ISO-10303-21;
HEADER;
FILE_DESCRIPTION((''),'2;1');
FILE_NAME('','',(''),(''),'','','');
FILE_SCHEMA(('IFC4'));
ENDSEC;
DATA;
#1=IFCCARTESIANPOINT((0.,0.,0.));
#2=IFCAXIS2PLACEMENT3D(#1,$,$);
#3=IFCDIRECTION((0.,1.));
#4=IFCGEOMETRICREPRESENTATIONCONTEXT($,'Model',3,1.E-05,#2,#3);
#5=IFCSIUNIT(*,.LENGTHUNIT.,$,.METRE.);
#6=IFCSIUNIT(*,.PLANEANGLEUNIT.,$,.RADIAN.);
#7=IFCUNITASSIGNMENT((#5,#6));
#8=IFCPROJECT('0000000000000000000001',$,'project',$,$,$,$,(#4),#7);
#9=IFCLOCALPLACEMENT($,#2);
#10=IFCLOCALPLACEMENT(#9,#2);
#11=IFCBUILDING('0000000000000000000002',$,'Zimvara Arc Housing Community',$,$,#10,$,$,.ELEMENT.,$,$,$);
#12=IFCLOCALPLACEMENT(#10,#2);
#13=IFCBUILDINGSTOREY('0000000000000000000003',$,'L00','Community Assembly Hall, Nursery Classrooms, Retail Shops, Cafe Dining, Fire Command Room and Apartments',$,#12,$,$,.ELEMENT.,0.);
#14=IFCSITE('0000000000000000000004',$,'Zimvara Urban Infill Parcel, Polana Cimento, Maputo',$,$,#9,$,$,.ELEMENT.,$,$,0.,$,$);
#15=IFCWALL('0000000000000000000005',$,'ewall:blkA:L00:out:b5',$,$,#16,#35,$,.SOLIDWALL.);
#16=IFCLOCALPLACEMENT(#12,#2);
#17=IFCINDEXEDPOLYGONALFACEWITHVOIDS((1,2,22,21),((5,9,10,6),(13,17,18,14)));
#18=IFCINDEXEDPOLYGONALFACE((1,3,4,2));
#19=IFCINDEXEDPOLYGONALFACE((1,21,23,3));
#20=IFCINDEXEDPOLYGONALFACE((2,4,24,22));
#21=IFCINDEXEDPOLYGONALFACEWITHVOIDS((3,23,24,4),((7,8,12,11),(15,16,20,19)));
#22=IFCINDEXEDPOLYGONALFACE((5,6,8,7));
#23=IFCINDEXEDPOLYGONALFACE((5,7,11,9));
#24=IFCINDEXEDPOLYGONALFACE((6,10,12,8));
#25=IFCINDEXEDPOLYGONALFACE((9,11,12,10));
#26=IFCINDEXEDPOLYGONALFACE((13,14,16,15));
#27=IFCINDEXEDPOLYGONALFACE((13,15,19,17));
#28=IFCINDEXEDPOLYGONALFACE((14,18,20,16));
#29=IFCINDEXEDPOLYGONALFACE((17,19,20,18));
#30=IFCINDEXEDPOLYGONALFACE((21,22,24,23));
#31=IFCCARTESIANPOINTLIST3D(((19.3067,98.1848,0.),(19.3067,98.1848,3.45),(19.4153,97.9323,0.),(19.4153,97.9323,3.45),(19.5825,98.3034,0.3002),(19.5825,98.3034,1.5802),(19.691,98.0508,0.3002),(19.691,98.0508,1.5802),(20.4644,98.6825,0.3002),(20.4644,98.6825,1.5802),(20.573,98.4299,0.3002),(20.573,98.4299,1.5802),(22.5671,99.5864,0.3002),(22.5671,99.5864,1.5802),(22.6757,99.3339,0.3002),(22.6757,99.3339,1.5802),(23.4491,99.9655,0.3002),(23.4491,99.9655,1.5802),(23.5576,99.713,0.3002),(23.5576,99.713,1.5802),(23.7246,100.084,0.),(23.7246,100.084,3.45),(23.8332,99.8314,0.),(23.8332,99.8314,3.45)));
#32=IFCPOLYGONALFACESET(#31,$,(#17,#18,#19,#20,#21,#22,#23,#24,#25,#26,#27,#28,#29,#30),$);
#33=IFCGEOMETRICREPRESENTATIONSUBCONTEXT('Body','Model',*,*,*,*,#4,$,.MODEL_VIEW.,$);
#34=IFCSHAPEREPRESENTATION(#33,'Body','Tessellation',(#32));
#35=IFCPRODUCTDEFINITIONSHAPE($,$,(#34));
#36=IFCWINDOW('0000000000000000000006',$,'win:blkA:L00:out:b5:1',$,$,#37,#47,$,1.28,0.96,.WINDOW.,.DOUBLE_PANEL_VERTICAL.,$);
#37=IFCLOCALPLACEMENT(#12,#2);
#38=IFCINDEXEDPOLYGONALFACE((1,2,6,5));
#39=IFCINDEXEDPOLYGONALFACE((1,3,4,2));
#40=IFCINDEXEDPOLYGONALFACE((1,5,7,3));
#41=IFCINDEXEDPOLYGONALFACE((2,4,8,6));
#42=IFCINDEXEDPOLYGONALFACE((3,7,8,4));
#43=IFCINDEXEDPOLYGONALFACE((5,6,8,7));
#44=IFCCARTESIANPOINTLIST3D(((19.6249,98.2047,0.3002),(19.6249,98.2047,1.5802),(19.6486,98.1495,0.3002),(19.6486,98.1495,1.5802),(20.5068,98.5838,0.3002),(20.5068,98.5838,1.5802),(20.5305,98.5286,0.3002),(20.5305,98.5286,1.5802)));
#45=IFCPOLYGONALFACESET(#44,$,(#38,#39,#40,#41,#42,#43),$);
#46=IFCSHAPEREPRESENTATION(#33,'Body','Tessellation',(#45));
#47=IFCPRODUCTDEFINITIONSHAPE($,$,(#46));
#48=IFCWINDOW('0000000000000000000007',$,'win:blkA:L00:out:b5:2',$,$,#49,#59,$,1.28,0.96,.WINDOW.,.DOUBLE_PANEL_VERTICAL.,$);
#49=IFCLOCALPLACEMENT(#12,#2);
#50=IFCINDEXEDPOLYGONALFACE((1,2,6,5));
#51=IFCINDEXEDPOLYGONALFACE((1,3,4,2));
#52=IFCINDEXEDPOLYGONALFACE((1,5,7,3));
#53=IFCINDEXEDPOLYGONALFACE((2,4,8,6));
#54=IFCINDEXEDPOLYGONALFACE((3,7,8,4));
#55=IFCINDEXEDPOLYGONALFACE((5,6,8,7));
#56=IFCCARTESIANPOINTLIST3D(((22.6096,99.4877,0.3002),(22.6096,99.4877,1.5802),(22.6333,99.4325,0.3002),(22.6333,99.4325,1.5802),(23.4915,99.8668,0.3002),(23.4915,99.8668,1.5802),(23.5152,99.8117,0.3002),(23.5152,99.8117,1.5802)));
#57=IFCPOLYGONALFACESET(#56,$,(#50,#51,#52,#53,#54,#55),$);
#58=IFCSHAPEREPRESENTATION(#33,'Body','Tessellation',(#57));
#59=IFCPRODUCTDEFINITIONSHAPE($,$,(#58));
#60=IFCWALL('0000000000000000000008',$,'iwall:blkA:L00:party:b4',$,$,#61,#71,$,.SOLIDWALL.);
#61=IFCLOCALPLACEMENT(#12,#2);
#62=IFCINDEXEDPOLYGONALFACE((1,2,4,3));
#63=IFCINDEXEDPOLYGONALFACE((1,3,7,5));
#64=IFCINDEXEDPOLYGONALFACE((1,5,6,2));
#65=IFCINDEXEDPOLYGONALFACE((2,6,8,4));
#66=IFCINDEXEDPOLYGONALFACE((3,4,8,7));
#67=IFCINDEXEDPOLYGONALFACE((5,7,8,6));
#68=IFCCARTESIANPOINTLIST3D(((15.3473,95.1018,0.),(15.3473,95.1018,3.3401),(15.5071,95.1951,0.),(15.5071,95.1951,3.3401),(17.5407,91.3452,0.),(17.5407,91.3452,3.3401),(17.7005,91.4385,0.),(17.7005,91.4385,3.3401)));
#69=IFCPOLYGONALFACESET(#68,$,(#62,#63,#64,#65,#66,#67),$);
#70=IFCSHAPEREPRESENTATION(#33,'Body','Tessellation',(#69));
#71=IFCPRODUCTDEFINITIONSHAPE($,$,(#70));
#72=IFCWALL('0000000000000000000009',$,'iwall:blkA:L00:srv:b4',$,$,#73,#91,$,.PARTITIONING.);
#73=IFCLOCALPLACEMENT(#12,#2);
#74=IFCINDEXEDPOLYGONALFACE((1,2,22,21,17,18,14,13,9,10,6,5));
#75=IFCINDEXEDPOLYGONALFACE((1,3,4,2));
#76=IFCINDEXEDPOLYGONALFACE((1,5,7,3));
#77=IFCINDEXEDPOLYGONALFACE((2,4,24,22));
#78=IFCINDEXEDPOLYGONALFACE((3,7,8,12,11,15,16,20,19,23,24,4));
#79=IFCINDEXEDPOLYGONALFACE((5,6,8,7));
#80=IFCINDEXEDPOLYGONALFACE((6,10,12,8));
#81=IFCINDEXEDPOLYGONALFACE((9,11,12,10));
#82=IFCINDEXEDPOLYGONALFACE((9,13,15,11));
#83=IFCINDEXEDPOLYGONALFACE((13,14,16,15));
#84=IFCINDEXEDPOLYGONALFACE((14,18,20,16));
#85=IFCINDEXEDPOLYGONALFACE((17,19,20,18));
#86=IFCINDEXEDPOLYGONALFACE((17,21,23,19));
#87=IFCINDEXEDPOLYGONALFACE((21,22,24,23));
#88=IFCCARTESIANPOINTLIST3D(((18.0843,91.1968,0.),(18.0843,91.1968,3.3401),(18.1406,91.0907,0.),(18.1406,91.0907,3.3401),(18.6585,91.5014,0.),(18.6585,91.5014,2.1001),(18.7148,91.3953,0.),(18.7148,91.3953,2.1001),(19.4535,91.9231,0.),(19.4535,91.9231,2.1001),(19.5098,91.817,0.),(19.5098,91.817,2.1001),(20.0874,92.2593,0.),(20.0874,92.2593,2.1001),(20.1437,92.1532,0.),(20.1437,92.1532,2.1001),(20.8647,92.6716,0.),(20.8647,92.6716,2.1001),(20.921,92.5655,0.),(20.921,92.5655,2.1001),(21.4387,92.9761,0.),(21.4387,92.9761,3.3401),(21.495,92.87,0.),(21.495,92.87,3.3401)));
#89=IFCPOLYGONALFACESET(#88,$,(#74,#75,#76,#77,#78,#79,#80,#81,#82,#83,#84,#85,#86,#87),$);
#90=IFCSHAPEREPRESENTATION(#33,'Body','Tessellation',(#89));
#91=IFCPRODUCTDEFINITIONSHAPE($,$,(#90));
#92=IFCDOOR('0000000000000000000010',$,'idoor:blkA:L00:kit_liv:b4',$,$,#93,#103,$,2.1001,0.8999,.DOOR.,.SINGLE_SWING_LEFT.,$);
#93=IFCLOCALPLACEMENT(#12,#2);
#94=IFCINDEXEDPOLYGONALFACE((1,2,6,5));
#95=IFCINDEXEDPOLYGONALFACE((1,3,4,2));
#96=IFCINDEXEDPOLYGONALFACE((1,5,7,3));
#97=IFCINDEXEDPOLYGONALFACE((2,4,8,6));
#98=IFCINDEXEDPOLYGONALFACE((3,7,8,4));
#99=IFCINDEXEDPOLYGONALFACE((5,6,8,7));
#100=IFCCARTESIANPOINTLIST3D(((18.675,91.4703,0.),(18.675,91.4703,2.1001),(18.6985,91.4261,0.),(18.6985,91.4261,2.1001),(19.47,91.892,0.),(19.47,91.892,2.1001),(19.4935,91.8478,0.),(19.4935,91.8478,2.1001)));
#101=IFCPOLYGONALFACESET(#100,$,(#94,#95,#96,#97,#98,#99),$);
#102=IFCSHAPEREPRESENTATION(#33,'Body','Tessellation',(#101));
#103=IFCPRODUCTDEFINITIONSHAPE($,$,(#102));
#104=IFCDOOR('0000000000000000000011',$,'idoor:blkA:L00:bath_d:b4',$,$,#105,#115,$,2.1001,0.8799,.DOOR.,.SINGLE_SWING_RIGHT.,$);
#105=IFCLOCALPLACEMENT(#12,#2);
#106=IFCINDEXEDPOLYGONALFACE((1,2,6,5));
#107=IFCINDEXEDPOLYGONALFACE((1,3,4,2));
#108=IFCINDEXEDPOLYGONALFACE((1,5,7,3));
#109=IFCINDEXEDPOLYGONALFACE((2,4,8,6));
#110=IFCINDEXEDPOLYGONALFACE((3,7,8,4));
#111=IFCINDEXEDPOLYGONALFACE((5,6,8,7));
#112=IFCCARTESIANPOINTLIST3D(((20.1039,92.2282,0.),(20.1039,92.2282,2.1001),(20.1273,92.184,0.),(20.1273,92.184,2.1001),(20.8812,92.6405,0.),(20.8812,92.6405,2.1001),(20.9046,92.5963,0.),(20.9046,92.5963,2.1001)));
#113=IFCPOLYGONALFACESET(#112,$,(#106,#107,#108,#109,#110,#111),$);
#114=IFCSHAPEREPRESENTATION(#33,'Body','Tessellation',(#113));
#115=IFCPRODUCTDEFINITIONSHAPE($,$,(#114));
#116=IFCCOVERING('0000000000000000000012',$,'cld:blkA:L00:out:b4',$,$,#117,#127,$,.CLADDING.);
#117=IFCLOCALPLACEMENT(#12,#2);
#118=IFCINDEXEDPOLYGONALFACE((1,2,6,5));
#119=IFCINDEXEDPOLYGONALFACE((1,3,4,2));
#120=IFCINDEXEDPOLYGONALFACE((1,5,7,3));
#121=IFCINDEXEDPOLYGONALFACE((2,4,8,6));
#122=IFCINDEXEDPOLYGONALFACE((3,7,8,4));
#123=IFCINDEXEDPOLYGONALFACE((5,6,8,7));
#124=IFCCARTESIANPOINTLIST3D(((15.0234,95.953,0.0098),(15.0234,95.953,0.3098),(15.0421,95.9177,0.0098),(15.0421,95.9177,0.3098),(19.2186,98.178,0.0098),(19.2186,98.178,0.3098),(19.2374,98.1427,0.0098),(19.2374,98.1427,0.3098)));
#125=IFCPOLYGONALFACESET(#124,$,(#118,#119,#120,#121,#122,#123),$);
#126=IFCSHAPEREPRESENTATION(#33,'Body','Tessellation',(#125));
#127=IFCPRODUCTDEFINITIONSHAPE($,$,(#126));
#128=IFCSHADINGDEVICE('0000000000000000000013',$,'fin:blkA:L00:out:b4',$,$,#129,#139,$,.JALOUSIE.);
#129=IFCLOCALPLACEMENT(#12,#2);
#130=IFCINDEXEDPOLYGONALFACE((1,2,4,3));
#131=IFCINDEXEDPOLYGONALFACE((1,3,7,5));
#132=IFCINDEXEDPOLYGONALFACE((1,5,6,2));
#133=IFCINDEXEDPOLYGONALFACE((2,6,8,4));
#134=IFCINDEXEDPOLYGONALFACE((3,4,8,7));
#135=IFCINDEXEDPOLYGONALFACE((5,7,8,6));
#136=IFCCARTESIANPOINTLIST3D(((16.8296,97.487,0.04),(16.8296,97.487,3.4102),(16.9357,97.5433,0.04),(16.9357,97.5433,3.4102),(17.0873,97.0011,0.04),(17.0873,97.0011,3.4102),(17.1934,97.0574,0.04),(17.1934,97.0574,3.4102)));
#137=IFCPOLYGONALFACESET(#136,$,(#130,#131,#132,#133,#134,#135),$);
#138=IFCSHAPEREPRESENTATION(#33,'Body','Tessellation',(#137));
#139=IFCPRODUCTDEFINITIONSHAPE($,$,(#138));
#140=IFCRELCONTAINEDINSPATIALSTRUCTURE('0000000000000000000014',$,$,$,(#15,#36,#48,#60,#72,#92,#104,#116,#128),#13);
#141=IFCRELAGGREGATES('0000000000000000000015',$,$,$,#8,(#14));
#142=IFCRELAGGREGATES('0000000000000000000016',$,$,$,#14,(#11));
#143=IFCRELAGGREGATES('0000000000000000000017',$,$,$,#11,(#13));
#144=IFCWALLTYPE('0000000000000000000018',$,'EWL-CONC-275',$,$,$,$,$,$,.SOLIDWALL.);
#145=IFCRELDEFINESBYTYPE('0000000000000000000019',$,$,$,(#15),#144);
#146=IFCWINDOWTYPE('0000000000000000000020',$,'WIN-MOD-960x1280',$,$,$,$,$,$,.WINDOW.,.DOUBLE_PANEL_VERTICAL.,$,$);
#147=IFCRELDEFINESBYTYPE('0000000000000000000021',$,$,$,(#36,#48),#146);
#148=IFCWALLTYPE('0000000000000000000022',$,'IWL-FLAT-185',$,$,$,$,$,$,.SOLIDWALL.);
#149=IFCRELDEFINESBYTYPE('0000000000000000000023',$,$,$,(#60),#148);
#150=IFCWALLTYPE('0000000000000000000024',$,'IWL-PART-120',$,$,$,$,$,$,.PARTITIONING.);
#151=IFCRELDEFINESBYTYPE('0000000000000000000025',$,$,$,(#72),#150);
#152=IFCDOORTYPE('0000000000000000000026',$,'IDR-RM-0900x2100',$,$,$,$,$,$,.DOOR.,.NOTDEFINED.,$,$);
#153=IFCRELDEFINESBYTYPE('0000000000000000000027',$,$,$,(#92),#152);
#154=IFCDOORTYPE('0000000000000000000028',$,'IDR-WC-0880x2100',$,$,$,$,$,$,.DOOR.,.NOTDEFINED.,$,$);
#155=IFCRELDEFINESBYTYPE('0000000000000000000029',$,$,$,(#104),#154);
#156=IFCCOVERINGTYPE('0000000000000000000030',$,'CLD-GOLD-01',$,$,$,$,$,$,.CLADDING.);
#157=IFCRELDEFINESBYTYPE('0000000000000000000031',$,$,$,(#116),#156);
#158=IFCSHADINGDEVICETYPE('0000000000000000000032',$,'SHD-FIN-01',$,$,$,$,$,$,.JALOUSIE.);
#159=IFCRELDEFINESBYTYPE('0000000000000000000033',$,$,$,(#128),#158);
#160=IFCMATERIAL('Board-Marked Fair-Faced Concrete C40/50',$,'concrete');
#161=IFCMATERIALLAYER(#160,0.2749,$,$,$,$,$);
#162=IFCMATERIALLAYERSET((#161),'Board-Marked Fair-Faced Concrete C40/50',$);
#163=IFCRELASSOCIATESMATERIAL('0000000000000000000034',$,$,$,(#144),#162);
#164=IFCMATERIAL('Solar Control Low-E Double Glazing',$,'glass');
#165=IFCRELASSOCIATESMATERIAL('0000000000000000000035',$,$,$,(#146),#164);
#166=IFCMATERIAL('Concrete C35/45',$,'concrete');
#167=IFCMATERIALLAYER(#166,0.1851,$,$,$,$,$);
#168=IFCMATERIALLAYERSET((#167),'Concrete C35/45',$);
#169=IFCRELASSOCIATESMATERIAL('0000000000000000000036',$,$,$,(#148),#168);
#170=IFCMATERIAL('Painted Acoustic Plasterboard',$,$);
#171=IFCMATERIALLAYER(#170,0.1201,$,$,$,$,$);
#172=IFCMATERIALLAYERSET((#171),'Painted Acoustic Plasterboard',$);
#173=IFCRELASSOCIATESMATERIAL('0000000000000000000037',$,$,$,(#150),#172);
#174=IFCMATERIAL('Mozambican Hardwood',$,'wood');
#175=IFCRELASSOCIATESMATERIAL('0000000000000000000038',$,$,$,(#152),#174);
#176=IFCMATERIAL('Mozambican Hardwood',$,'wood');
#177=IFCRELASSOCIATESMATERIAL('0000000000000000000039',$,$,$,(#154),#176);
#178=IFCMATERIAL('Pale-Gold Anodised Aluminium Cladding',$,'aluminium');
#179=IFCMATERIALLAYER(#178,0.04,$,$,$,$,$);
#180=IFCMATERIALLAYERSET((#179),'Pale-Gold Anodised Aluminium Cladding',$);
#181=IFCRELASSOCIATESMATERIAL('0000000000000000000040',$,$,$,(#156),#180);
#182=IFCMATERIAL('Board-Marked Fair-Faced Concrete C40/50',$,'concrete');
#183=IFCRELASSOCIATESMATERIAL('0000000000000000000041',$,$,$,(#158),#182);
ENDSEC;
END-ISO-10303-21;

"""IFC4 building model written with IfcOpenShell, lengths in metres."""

from ifc_helpers import new_model, si_unit, direction, frame, frame_2d, origin, origin_2d, place, context, subcontext, project, spatial, rectangle, extrude, material, layer, layer_set, type_object, element, fill, save


model = new_model("IFC4")

# Units and contexts
model_context = context("Model", 3, precision=1e-05, world=origin(), true_north=direction((0.0, 1.0)))
body_context = subcontext(model_context, "Body", "Model", "MODEL_VIEW")
ifc_project = project(units=[si_unit("LENGTHUNIT", "METRE"), si_unit("PLANEANGLEUNIT", "RADIAN")], contexts=[model_context])

# Site, building, storey
site_placement = place(None, origin())
site = spatial("IfcSite", under=ifc_project, at=site_placement, Name="Zimvara Urban Infill Parcel, Polana Cimento, Maputo", CompositionType="ELEMENT", RefElevation=0.0)
building_placement = place(site_placement, origin())
building = spatial("IfcBuilding", under=site, at=building_placement, Name="Zimvara Arc Housing Community", CompositionType="ELEMENT")
storey_placement = place(building_placement, origin())
storey = spatial("IfcBuildingStorey", under=building, at=storey_placement, Name="L00", Description="Community Assembly Hall, Nursery Classrooms, Retail Shops, Cafe Dining, Fire Command Room and Apartments", CompositionType="ELEMENT", Elevation=0.0)

# Wall, openings, windows
ifc_material_1 = material(Name="Board-Marked Fair-Faced Concrete C40/50", Category="concrete")
ifc_layer_1 = layer(ifc_material_1, 0.2749)
ifc_layer_set_1 = layer_set([ifc_layer_1], Name="Board-Marked Fair-Faced Concrete C40/50")
wall_type_1 = type_object("IfcWallType", Name="EWL-CONC-275", PredefinedType="SOLIDWALL", material=ifc_layer_set_1)
wall_1_placement = place(storey_placement, frame((19.3611, 98.0586, 0.0), z_axis=(0.0, 0.0, 1.0), x_axis=(0.918711, 0.39493, 0.0)))
wall_1 = element("IfcWall", 1, at=wall_1_placement, inside=storey, type_object=wall_type_1, Name="ewall:blkA:L00:out:b5", PredefinedType="SOLIDWALL", context=body_context, shape_type="SweptSolid", body=[
    extrude(rectangle(XDim=4.8088, YDim=0.2749, at=frame_2d((2.4043, 0.0))), origin(), (0.0, 0.0, 1.0), 3.45),
])
opening_1_placement = place(wall_1_placement, frame((0.3, 0.0, 0.3)))
opening_1 = element("IfcOpeningElement", 2, at=opening_1_placement, cuts=wall_1, PredefinedType="OPENING", context=body_context, shape_type="SweptSolid", body=[
    extrude(rectangle(XDim=0.96, YDim=1.28, at=frame_2d((0.48, 0.6401))), frame((0.0, 0.1475, 0.0), z_axis=(0.0, -1.0, 0.0), x_axis=(1.0, 0.0, 0.0)), (0.0, 0.0, 1.0), 0.2949),
])
opening_2_placement = place(wall_1_placement, frame((3.5488, 0.0, 0.3)))
opening_2 = element("IfcOpeningElement", 3, at=opening_2_placement, cuts=wall_1, PredefinedType="OPENING", context=body_context, shape_type="SweptSolid", body=[
    extrude(rectangle(XDim=0.96, YDim=1.28, at=frame_2d((0.48, 0.6401))), frame((0.0, 0.1475, 0.0), z_axis=(0.0, -1.0, 0.0), x_axis=(1.0, 0.0, 0.0)), (0.0, 0.0, 1.0), 0.2949),
])
ifc_material_2 = material(Name="Solar Control Low-E Double Glazing", Category="glass")
window_type_1 = type_object("IfcWindowType", Name="WIN-MOD-960x1280", PartitioningType="DOUBLE_PANEL_VERTICAL", PredefinedType="WINDOW", material=ifc_material_2)
window_1_placement = place(opening_1_placement, origin())
window_1 = element("IfcWindow", 4, at=window_1_placement, inside=storey, type_object=window_type_1, Name="win:blkA:L00:out:b5:1", OverallHeight=1.28, OverallWidth=0.96, PartitioningType="DOUBLE_PANEL_VERTICAL", PredefinedType="WINDOW", context=body_context, shape_type="SweptSolid", body=[
    extrude(rectangle(XDim=0.96, YDim=1.28, at=frame_2d((0.48, 0.6401))), frame((0.0, 0.03, 0.0), z_axis=(0.0, -1.0, 0.0), x_axis=(1.0, 0.0, 0.0)), (0.0, 0.0, 1.0), 0.0601),
])
fill(opening_1, window_1)
window_2_placement = place(opening_2_placement, origin())
window_2 = element("IfcWindow", 5, at=window_2_placement, inside=storey, type_object=window_type_1, Name="win:blkA:L00:out:b5:2", OverallHeight=1.28, OverallWidth=0.96, PartitioningType="DOUBLE_PANEL_VERTICAL", PredefinedType="WINDOW", context=body_context, shape_type="SweptSolid", body=[
    extrude(rectangle(XDim=0.96, YDim=1.28, at=frame_2d((0.48, 0.6401))), frame((0.0, 0.03, 0.0), z_axis=(0.0, -1.0, 0.0), x_axis=(1.0, 0.0, 0.0)), (0.0, 0.0, 1.0), 0.0601),
])
fill(opening_2, window_2)

# Wall
ifc_material_3 = material(Name="Concrete C35/45", Category="concrete")
ifc_layer_2 = layer(ifc_material_3, 0.1851)
ifc_layer_set_2 = layer_set([ifc_layer_2], Name="Concrete C35/45")
wall_type_2 = type_object("IfcWallType", Name="IWL-FLAT-185", PredefinedType="SOLIDWALL", material=ifc_layer_set_2)
wall_2_placement = place(storey_placement, frame((17.6206, 91.3918, 0.0), z_axis=(0.0, 0.0, 1.0), x_axis=(-0.504216, 0.863577, 0.0)))
element("IfcWall", 6, at=wall_2_placement, inside=storey, type_object=wall_type_2, Name="iwall:blkA:L00:party:b4", PredefinedType="SOLIDWALL", context=body_context, shape_type="SweptSolid", body=[
    extrude(rectangle(XDim=4.3501, YDim=0.1851, at=frame_2d((2.175, 0.0))), origin(), (0.0, 0.0, 1.0), 3.3401),
])

# Wall, openings, doors
ifc_material_4 = material(Name="Painted Acoustic Plasterboard")
ifc_layer_3 = layer(ifc_material_4, 0.1201)
ifc_layer_set_3 = layer_set([ifc_layer_3], Name="Painted Acoustic Plasterboard")
wall_type_3 = type_object("IfcWallType", Name="IWL-PART-120", PredefinedType="PARTITIONING", material=ifc_layer_set_3)
wall_3_placement = place(storey_placement, frame((18.1125, 91.1438, 0.0), z_axis=(0.0, 0.0, 1.0), x_axis=(0.883419, 0.468585, 0.0)))
wall_3 = element("IfcWall", 7, at=wall_3_placement, inside=storey, type_object=wall_type_3, Name="iwall:blkA:L00:srv:b4", PredefinedType="PARTITIONING", context=body_context, shape_type="SweptSolid", body=[
    extrude(rectangle(XDim=3.7971, YDim=0.1201, at=frame_2d((1.8984, 0.0))), origin(), (0.0, 0.0, 1.0), 3.3401),
])
opening_3_placement = place(wall_3_placement, frame((0.6499, 0.0, 0.0)))
opening_3 = element("IfcOpeningElement", 8, at=opening_3_placement, cuts=wall_3, PredefinedType="OPENING", context=body_context, shape_type="SweptSolid", body=[
    extrude(rectangle(XDim=0.8999, YDim=2.1001, at=frame_2d((0.45, 1.05))), frame((0.0, 0.0701, 0.0), z_axis=(0.0, -1.0, 0.0), x_axis=(1.0, 0.0, 0.0)), (0.0, 0.0, 1.0), 0.1401),
])
opening_4_placement = place(wall_3_placement, frame((2.2673, 0.0, 0.0)))
opening_4 = element("IfcOpeningElement", 9, at=opening_4_placement, cuts=wall_3, PredefinedType="OPENING", context=body_context, shape_type="SweptSolid", body=[
    extrude(rectangle(XDim=0.8799, YDim=2.1001, at=frame_2d((0.4399, 1.05))), frame((0.0, 0.0701, 0.0), z_axis=(0.0, -1.0, 0.0), x_axis=(1.0, 0.0, 0.0)), (0.0, 0.0, 1.0), 0.1401),
])
ifc_material_5 = material(Name="Mozambican Hardwood", Category="wood")
door_type_1 = type_object("IfcDoorType", Name="IDR-RM-0900x2100", OperationType="NOTDEFINED", PredefinedType="DOOR", material=ifc_material_5)
door_1_placement = place(opening_3_placement, origin())
door_1 = element("IfcDoor", 10, at=door_1_placement, inside=storey, type_object=door_type_1, Name="idoor:blkA:L00:kit_liv:b4", OperationType="SINGLE_SWING_LEFT", OverallHeight=2.1001, OverallWidth=0.8999, PredefinedType="DOOR", context=body_context, shape_type="SweptSolid", body=[
    extrude(rectangle(XDim=0.8999, YDim=2.1001, at=frame_2d((0.45, 1.05))), frame((0.0, 0.0249, 0.0), z_axis=(0.0, -1.0, 0.0), x_axis=(1.0, 0.0, 0.0)), (0.0, 0.0, 1.0), 0.05),
])
fill(opening_3, door_1)
ifc_material_6 = material(Name="Mozambican Hardwood", Category="wood")
door_type_2 = type_object("IfcDoorType", Name="IDR-WC-0880x2100", OperationType="NOTDEFINED", PredefinedType="DOOR", material=ifc_material_6)
door_2_placement = place(opening_4_placement, origin())
door_2 = element("IfcDoor", 11, at=door_2_placement, inside=storey, type_object=door_type_2, Name="idoor:blkA:L00:bath_d:b4", OperationType="SINGLE_SWING_RIGHT", OverallHeight=2.1001, OverallWidth=0.8799, PredefinedType="DOOR", context=body_context, shape_type="SweptSolid", body=[
    extrude(rectangle(XDim=0.8799, YDim=2.1001, at=frame_2d((0.4399, 1.05))), frame((0.0, 0.0249, 0.0), z_axis=(0.0, -1.0, 0.0), x_axis=(1.0, 0.0, 0.0)), (0.0, 0.0, 1.0), 0.05),
])
fill(opening_4, door_2)

# Covering
ifc_material_7 = material(Name="Pale-Gold Anodised Aluminium Cladding", Category="aluminium")
ifc_layer_4 = layer(ifc_material_7, 0.04)
ifc_layer_set_4 = layer_set([ifc_layer_4], Name="Pale-Gold Anodised Aluminium Cladding")
covering_type = type_object("IfcCoveringType", Name="CLD-GOLD-01", PredefinedType="CLADDING", material=ifc_layer_set_4)
covering_placement = place(storey_placement, frame((17.1304, 97.0479, 0.0098), z_axis=(0.0, 0.0, 1.0), x_axis=(0.883439, 0.468547, 0.0)))
element("IfcCovering", 12, at=covering_placement, inside=storey, type_object=covering_type, Name="cld:blkA:L00:out:b4", PredefinedType="CLADDING", context=body_context, shape_type="SweptSolid", body=[
    extrude(rectangle(XDim=4.7488, YDim=0.04, at=origin_2d()), origin(), (0.0, 0.0, 1.0), 0.3),
])

# Shading device
ifc_material_8 = material(Name="Board-Marked Fair-Faced Concrete C40/50", Category="concrete")
shading_device_type = type_object("IfcShadingDeviceType", Name="SHD-FIN-01", PredefinedType="JALOUSIE", material=ifc_material_8)
shading_device_placement = place(storey_placement, frame((17.0115, 97.2722, 0.04), z_axis=(0.0, 0.0, 1.0), x_axis=(0.883439, 0.468547, 0.0)))
element("IfcShadingDevice", 13, at=shading_device_placement, inside=storey, type_object=shading_device_type, Name="fin:blkA:L00:out:b4", PredefinedType="JALOUSIE", context=body_context, shape_type="SweptSolid", body=[
    extrude(rectangle(XDim=0.1201, YDim=0.55, at=origin_2d()), origin(), (0.0, 0.0, 1.0), 3.3701),
])

save(model, "model.ifc")
